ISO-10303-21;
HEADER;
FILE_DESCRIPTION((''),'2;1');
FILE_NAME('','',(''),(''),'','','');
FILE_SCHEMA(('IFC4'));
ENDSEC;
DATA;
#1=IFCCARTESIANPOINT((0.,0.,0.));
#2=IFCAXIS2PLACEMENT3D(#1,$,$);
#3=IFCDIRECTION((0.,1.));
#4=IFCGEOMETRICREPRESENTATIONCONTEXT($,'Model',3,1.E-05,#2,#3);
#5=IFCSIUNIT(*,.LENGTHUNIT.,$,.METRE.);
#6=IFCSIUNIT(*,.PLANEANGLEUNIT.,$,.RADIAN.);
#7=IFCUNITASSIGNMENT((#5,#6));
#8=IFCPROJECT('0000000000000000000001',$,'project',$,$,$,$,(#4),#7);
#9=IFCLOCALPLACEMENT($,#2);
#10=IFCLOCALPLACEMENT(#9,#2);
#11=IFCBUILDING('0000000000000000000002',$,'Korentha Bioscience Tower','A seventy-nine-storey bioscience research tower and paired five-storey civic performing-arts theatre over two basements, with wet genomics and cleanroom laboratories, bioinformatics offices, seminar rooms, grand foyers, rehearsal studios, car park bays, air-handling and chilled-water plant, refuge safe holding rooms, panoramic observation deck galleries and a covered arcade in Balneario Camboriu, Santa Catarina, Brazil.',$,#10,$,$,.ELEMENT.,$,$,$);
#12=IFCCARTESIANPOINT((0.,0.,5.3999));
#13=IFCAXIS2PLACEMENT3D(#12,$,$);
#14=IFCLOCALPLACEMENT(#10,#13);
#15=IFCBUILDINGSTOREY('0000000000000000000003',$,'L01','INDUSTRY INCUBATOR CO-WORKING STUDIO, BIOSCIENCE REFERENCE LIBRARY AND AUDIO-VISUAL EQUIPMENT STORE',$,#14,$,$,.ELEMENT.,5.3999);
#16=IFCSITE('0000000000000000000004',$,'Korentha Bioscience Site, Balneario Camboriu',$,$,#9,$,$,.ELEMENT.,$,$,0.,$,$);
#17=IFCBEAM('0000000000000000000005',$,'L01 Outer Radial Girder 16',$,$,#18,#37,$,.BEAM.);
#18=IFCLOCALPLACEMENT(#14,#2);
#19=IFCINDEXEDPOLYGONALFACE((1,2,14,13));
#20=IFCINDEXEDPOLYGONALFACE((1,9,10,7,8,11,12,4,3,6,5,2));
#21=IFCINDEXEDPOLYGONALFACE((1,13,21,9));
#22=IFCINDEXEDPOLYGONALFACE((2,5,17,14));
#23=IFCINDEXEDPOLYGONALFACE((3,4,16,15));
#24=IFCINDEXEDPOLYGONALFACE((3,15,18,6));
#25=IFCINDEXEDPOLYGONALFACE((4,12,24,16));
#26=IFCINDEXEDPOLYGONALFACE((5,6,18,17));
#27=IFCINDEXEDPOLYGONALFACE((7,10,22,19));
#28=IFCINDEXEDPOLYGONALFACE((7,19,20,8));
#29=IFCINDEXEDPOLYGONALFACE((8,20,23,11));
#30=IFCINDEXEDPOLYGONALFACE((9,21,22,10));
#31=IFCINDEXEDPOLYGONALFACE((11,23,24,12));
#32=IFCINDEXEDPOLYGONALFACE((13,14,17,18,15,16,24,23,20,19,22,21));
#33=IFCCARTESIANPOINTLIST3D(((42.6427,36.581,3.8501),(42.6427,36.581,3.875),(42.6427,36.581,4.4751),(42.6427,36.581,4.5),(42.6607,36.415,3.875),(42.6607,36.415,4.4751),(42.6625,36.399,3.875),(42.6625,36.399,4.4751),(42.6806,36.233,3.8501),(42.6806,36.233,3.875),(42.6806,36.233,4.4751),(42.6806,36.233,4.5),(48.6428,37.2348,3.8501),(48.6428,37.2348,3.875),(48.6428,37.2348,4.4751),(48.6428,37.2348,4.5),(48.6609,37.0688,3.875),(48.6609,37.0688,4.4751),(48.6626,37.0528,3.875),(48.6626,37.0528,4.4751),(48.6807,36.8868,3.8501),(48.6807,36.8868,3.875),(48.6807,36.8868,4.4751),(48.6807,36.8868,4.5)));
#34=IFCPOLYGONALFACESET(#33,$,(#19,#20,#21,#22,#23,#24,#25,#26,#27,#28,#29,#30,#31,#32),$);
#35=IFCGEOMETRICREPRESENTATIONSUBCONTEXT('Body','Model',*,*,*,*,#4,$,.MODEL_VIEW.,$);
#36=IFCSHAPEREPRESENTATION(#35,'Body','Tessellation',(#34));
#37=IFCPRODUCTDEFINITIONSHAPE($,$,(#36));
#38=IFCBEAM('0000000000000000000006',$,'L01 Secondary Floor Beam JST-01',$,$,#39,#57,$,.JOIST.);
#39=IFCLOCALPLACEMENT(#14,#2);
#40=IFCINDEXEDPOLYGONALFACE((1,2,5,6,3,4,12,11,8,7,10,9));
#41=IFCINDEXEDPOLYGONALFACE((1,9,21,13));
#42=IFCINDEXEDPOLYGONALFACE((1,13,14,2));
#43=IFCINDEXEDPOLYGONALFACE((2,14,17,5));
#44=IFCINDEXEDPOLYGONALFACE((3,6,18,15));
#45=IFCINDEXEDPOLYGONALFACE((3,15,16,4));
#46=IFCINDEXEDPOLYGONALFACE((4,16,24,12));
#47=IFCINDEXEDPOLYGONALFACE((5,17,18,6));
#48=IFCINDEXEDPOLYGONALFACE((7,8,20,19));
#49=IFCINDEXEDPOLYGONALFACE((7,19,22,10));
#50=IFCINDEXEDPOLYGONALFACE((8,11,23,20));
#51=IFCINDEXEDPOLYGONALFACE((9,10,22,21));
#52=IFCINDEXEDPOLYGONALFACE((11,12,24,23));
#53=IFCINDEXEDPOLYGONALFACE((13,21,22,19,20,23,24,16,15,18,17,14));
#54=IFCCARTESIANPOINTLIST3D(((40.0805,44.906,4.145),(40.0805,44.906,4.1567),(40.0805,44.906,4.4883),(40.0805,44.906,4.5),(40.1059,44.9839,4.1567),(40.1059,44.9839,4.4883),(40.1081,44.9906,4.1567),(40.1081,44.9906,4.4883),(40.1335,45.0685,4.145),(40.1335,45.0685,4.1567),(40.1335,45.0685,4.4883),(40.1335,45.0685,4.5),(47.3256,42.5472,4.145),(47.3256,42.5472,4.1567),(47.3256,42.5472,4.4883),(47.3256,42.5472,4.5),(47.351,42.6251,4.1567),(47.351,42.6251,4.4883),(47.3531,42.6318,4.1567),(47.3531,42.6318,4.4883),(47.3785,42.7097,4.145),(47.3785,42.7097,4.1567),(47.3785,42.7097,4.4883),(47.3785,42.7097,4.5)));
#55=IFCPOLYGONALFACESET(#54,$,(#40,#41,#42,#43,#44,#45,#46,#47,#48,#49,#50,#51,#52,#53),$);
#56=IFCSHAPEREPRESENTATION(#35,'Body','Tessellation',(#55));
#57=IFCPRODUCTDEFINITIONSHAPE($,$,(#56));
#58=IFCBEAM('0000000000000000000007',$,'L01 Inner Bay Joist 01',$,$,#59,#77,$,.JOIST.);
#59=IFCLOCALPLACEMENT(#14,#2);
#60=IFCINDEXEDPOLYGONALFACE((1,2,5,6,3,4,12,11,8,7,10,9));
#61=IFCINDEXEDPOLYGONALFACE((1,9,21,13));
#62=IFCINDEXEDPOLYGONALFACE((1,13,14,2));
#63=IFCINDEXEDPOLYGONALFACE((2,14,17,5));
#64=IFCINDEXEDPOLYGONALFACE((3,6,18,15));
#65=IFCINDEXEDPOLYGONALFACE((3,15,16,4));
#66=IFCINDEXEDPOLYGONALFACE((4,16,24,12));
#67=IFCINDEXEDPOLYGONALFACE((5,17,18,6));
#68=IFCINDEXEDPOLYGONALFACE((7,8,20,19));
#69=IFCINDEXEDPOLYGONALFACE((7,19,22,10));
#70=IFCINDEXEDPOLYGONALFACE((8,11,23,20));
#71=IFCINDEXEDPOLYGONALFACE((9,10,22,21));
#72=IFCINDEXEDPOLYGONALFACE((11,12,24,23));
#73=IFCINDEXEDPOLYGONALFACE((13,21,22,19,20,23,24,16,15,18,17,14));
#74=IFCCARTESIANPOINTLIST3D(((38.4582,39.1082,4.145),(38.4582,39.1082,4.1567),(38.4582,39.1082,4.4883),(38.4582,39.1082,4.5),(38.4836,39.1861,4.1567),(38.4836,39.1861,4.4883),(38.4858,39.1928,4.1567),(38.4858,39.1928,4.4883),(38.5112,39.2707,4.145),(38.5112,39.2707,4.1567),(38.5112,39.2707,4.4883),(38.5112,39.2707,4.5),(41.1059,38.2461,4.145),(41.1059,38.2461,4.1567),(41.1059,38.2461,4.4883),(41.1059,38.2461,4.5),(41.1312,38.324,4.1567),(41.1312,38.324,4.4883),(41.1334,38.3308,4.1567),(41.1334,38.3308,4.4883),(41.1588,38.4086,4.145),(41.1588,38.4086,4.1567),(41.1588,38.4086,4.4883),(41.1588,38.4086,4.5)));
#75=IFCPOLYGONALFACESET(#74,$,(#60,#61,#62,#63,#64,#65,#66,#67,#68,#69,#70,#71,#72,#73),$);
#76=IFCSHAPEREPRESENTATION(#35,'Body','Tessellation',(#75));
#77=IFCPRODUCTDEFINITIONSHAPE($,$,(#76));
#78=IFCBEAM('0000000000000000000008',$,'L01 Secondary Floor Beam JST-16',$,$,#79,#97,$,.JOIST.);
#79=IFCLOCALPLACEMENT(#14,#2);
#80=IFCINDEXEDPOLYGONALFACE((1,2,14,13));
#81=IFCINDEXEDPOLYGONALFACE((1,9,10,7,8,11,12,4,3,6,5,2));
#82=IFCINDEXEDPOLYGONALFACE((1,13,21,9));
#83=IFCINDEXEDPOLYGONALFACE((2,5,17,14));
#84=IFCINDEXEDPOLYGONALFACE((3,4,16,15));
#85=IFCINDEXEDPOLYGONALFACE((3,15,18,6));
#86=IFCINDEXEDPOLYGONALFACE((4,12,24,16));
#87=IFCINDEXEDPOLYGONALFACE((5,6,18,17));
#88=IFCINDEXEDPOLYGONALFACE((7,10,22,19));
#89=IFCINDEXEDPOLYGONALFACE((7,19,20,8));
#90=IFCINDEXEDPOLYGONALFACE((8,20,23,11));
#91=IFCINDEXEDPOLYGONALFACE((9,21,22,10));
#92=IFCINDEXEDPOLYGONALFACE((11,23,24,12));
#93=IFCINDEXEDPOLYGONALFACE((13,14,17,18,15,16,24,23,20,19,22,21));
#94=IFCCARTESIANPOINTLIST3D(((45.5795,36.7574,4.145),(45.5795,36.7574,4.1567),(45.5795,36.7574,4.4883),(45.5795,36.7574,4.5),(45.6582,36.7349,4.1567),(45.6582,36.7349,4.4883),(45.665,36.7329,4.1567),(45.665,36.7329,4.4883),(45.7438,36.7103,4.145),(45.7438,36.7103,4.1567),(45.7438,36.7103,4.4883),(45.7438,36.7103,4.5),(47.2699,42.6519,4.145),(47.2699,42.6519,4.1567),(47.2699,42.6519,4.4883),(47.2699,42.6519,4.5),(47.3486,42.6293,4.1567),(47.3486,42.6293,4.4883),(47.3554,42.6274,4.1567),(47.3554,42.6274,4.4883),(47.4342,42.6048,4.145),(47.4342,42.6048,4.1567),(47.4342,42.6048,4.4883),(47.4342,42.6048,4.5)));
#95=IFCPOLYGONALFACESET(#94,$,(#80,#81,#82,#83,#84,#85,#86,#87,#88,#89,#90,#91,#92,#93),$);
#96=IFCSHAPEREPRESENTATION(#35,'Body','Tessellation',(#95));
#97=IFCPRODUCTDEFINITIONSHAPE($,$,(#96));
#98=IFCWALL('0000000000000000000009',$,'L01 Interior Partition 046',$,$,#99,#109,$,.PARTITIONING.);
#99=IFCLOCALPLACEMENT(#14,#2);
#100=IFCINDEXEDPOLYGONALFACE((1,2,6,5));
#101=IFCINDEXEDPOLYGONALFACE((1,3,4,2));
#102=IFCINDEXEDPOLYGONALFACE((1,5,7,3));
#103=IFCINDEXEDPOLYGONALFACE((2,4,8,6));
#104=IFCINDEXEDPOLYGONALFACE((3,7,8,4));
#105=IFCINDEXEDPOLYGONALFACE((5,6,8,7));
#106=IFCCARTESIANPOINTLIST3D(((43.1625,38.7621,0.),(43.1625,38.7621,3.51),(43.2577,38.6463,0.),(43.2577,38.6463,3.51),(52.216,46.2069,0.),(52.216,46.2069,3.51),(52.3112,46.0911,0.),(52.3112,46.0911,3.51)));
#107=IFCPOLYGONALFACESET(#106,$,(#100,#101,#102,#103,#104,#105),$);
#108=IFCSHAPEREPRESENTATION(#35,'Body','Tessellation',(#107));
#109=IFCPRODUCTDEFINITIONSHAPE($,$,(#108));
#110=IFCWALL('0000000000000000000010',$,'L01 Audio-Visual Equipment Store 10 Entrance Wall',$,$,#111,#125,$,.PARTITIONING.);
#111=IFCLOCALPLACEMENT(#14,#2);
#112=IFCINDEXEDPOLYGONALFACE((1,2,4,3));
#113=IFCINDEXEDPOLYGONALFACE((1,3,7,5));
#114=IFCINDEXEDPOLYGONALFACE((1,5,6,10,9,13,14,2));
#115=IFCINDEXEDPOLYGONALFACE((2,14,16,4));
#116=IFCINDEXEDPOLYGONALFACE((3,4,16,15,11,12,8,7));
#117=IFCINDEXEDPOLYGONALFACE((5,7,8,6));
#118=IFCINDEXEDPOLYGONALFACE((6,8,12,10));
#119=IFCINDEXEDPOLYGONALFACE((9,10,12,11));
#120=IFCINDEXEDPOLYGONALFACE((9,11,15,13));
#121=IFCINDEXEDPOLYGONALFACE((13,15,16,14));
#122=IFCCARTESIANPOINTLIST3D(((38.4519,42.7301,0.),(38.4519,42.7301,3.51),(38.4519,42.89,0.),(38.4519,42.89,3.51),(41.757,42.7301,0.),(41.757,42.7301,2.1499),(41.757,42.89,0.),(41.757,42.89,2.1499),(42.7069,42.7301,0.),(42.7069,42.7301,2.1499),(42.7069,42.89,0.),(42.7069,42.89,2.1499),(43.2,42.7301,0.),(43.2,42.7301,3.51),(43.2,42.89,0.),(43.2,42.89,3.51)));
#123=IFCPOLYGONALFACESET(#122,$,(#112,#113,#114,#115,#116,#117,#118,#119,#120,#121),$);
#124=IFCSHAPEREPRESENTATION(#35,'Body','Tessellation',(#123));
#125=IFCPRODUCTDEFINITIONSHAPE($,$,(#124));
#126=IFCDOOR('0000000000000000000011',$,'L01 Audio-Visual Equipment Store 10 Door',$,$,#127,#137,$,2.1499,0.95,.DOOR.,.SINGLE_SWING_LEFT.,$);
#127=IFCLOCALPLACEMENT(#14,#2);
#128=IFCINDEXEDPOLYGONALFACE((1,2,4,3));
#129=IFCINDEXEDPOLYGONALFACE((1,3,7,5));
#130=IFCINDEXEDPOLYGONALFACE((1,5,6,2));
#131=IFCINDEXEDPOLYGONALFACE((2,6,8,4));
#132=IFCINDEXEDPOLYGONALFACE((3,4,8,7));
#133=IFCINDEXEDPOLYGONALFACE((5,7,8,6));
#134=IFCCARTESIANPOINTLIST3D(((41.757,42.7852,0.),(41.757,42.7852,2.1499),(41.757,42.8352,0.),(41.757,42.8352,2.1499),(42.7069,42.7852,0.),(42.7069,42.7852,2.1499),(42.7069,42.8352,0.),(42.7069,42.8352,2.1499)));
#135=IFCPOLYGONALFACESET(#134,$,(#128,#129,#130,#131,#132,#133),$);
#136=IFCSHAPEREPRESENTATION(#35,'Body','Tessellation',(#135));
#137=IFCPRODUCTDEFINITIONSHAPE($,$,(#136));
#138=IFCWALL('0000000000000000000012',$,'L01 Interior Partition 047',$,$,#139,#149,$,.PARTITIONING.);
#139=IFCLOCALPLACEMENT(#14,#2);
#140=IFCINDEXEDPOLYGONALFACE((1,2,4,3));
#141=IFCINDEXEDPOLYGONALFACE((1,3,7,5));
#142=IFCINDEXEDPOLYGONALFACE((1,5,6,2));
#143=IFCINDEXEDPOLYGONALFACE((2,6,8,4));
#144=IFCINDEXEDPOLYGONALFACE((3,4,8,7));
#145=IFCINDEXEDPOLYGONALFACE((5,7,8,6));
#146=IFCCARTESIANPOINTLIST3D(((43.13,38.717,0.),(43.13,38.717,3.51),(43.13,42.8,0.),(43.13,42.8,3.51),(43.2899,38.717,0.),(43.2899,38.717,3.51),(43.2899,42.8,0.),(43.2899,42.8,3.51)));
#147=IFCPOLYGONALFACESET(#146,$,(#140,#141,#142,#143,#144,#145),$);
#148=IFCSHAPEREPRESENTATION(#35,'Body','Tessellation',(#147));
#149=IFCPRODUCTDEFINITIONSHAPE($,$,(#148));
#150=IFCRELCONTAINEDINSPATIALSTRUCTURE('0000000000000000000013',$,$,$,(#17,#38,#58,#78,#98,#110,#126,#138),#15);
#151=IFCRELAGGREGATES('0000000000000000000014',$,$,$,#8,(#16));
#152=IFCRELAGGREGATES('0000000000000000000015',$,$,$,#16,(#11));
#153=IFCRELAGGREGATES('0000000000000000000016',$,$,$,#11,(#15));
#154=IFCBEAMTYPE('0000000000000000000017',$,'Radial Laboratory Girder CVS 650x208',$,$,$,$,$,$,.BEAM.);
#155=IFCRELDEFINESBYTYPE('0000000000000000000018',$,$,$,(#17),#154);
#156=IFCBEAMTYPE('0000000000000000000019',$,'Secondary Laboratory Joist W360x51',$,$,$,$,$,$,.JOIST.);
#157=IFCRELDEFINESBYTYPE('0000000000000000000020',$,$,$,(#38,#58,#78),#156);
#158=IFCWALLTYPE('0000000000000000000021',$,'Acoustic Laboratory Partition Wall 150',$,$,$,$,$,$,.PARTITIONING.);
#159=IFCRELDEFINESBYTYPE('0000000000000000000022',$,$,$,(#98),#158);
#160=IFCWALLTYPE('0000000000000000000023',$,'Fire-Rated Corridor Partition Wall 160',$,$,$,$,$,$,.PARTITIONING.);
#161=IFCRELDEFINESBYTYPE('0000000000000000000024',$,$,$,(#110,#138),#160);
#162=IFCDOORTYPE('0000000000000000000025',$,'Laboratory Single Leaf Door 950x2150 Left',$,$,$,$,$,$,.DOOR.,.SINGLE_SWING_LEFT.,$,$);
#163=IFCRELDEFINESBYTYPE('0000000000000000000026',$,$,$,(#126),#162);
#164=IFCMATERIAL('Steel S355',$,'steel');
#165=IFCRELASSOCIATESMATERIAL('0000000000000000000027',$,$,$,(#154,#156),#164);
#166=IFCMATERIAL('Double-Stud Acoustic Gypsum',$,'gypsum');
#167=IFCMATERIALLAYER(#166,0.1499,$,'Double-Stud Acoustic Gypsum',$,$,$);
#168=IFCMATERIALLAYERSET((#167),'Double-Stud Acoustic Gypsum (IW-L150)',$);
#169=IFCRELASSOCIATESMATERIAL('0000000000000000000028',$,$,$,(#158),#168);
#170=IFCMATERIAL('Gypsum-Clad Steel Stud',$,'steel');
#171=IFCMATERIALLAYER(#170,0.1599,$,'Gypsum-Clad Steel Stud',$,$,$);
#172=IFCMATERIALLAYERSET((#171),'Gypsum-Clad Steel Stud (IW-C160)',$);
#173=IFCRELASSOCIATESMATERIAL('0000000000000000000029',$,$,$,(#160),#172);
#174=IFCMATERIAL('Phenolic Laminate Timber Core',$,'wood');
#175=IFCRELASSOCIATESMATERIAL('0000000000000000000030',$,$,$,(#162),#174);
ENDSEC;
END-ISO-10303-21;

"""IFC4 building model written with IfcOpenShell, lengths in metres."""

from ifc_helpers import new_model, si_unit, direction, frame, frame_2d, origin, origin_2d, place, context, subcontext, project, spatial, rectangle, i_section, extrude, material, layer, layer_set, material_profile, profile_set, type_object, element, fill, save


model = new_model("IFC4")

# Units and contexts
model_context = context("Model", 3, precision=1e-05, world=origin(), true_north=direction((0.0, 1.0)))
body_context = subcontext(model_context, "Body", "Model", "MODEL_VIEW")
ifc_project = project(units=[si_unit("LENGTHUNIT", "METRE"), si_unit("PLANEANGLEUNIT", "RADIAN")], contexts=[model_context])

# Site, building, storey
site_placement = place(None, origin())
site = spatial("IfcSite", under=ifc_project, at=site_placement, Name="Korentha Bioscience Site, Balneario Camboriu", CompositionType="ELEMENT", RefElevation=0.0)
building_placement = place(site_placement, origin())
building = spatial("IfcBuilding", under=site, at=building_placement, Name="Korentha Bioscience Tower", Description="A seventy-nine-storey bioscience research tower and paired five-storey civic performing-arts theatre over two basements, with wet genomics and cleanroom laboratories, bioinformatics offices, seminar rooms, grand foyers, rehearsal studios, car park bays, air-handling and chilled-water plant, refuge safe holding rooms, panoramic observation deck galleries and a covered arcade in Balneario Camboriu, Santa Catarina, Brazil.", CompositionType="ELEMENT")
storey_placement = place(building_placement, frame((0.0, 0.0, 5.3999)))
storey = spatial("IfcBuildingStorey", under=building, at=storey_placement, Name="L01", Description="INDUSTRY INCUBATOR CO-WORKING STUDIO, BIOSCIENCE REFERENCE LIBRARY AND AUDIO-VISUAL EQUIPMENT STORE", CompositionType="ELEMENT", Elevation=5.3999)

# Shared definitions
ifc_material_1 = material(Name="Steel S355", Category="steel")

# Beams
ifc_material_profile_1 = material_profile(ifc_material_1, i_section(OverallWidth=0.3501, OverallDepth=0.6499, WebThickness=0.0161, FlangeThickness=0.0249, at=origin_2d()), Name="Steel S355")
ifc_profile_set_1 = profile_set([ifc_material_profile_1], Name="Steel S355 (RB-650)")
beam_type_1 = type_object("IfcBeamType", Name="Radial Laboratory Girder CVS 650x208", PredefinedType="BEAM", material=ifc_profile_set_1)
beam_1_placement = place(storey_placement, frame((42.6616, 36.407, 4.175), z_axis=(0.994116, 0.108323, 0.0), x_axis=(-0.108323, 0.994116, 0.0)))
element("IfcBeam", 1, at=beam_1_placement, inside=storey, type_object=beam_type_1, Name="L01 Outer Radial Girder 16", PredefinedType="BEAM", context=body_context, shape_type="SweptSolid", body=[
    extrude(i_section(OverallWidth=0.3501, OverallDepth=0.6499, WebThickness=0.0161, FlangeThickness=0.0249, at=origin_2d()), origin(), (0.0, 0.0, 1.0), 6.0356),
])
ifc_material_profile_2 = material_profile(ifc_material_1, i_section(OverallWidth=0.1709, OverallDepth=0.355, WebThickness=0.0071, FlangeThickness=0.0117, at=origin_2d()), Name="Steel S355")
ifc_profile_set_2 = profile_set([ifc_material_profile_2], Name="Steel S355 (JB-360)")
beam_type_2 = type_object("IfcBeamType", Name="Secondary Laboratory Joist W360x51", PredefinedType="JOIST", material=ifc_profile_set_2)
beam_2_placement = place(storey_placement, frame((47.3521, 42.6284, 4.3225), z_axis=(-0.950871, 0.309587, 0.0), x_axis=(-0.309587, -0.950871, 0.0)))
element("IfcBeam", 2, at=beam_2_placement, inside=storey, type_object=beam_type_2, Name="L01 Secondary Floor Beam JST-01", PredefinedType="JOIST", context=body_context, shape_type="SweptSolid", body=[
    extrude(i_section(OverallWidth=0.1709, OverallDepth=0.355, WebThickness=0.0071, FlangeThickness=0.0117, at=origin_2d()), origin(), (0.0, 0.0, 1.0), 7.6194),
])
beam_3_placement = place(storey_placement, frame((41.1323, 38.3274, 4.3225), z_axis=(-0.95087, 0.309592, 0.0), x_axis=(-0.309592, -0.95087, 0.0)))
element("IfcBeam", 3, at=beam_3_placement, inside=storey, type_object=beam_type_2, Name="L01 Inner Bay Joist 01", PredefinedType="JOIST", context=body_context, shape_type="SweptSolid", body=[
    extrude(i_section(OverallWidth=0.1709, OverallDepth=0.355, WebThickness=0.0071, FlangeThickness=0.0117, at=origin_2d()), origin(), (0.0, 0.0, 1.0), 2.7844),
])
beam_4_placement = place(storey_placement, frame((45.6616, 36.7339, 4.3225), z_axis=(0.275668, 0.961253, 0.0), x_axis=(-0.961253, 0.275668, 0.0)))
element("IfcBeam", 4, at=beam_4_placement, inside=storey, type_object=beam_type_2, Name="L01 Secondary Floor Beam JST-16", PredefinedType="JOIST", context=body_context, shape_type="SweptSolid", body=[
    extrude(i_section(OverallWidth=0.1709, OverallDepth=0.355, WebThickness=0.0071, FlangeThickness=0.0117, at=origin_2d()), origin(), (0.0, 0.0, 1.0), 6.1321),
])

# Wall
ifc_material_2 = material(Name="Double-Stud Acoustic Gypsum", Category="gypsum")
ifc_layer_1 = layer(ifc_material_2, 0.1499, Name="Double-Stud Acoustic Gypsum")
ifc_layer_set_1 = layer_set([ifc_layer_1], Name="Double-Stud Acoustic Gypsum (IW-L150)")
wall_type_1 = type_object("IfcWallType", Name="Acoustic Laboratory Partition Wall 150", PredefinedType="PARTITIONING", material=ifc_layer_set_1)
wall_1_placement = place(storey_placement, frame((43.21, 38.7041, 0.0), z_axis=(0.0, 0.0, 1.0), x_axis=(0.772389, 0.635149, 0.0)))
element("IfcWall", 5, at=wall_1_placement, inside=storey, type_object=wall_type_1, Name="L01 Interior Partition 046", PredefinedType="PARTITIONING", context=body_context, shape_type="SweptSolid", body=[
    extrude(rectangle(XDim=11.7214, YDim=0.1499, at=frame_2d((5.8608, 0.0))), origin(), (0.0, 0.0, 1.0), 3.51),
])

# Wall, opening, door
ifc_material_3 = material(Name="Gypsum-Clad Steel Stud", Category="steel")
ifc_layer_2 = layer(ifc_material_3, 0.1599, Name="Gypsum-Clad Steel Stud")
ifc_layer_set_2 = layer_set([ifc_layer_2], Name="Gypsum-Clad Steel Stud (IW-C160)")
wall_type_2 = type_object("IfcWallType", Name="Fire-Rated Corridor Partition Wall 160", PredefinedType="PARTITIONING", material=ifc_layer_set_2)
wall_2_placement = place(storey_placement, frame((43.2, 42.8101, 0.0), z_axis=(0.0, 0.0, 1.0), x_axis=(-1.0, 0.0, 0.0)))
wall_2 = element("IfcWall", 6, at=wall_2_placement, inside=storey, type_object=wall_type_2, Name="L01 Audio-Visual Equipment Store 10 Entrance Wall", PredefinedType="PARTITIONING", context=body_context, shape_type="SweptSolid", body=[
    extrude(rectangle(XDim=4.748, YDim=0.1599, at=frame_2d((2.374, 0.0))), origin(), (0.0, 0.0, 1.0), 3.51),
])
opening_1_placement = place(wall_2_placement, frame((0.4929, 0.0, 0.0)))
opening_1 = element("IfcOpeningElement", 7, at=opening_1_placement, cuts=wall_2, PredefinedType="OPENING", context=body_context, shape_type="SweptSolid", body=[
    extrude(rectangle(XDim=0.95, YDim=2.1499, at=frame_2d((0.4751, 1.075))), frame((0.0, 0.0947, 0.0), z_axis=(0.0, -1.0, 0.0), x_axis=(1.0, 0.0, 0.0)), (0.0, 0.0, 1.0), 0.1897),
])
ifc_material_4 = material(Name="Phenolic Laminate Timber Core", Category="wood")
door_type = type_object("IfcDoorType", Name="Laboratory Single Leaf Door 950x2150 Left", OperationType="SINGLE_SWING_LEFT", PredefinedType="DOOR", material=ifc_material_4)
door_placement = place(opening_1_placement, origin())
door = element("IfcDoor", 8, at=door_placement, inside=storey, type_object=door_type, Name="L01 Audio-Visual Equipment Store 10 Door", OperationType="SINGLE_SWING_LEFT", OverallHeight=2.1499, OverallWidth=0.95, PredefinedType="DOOR", context=body_context, shape_type="SweptSolid", body=[
    extrude(rectangle(XDim=0.95, YDim=2.1499, at=frame_2d((0.4751, 1.075))), frame((0.0, 0.0249, 0.0), z_axis=(0.0, -1.0, 0.0), x_axis=(1.0, 0.0, 0.0)), (0.0, 0.0, 1.0), 0.05),
])
fill(opening_1, door)

# Wall
wall_3_placement = place(storey_placement, frame((43.21, 38.717, 0.0), z_axis=(0.0, 0.0, 1.0), x_axis=(0.0, 1.0, 0.0)))
element("IfcWall", 9, at=wall_3_placement, inside=storey, type_object=wall_type_2, Name="L01 Interior Partition 047", PredefinedType="PARTITIONING", context=body_context, shape_type="SweptSolid", body=[
    extrude(rectangle(XDim=4.083, YDim=0.1599, at=frame_2d((2.0415, 0.0))), origin(), (0.0, 0.0, 1.0), 3.51),
])

save(model, "model.ifc")
